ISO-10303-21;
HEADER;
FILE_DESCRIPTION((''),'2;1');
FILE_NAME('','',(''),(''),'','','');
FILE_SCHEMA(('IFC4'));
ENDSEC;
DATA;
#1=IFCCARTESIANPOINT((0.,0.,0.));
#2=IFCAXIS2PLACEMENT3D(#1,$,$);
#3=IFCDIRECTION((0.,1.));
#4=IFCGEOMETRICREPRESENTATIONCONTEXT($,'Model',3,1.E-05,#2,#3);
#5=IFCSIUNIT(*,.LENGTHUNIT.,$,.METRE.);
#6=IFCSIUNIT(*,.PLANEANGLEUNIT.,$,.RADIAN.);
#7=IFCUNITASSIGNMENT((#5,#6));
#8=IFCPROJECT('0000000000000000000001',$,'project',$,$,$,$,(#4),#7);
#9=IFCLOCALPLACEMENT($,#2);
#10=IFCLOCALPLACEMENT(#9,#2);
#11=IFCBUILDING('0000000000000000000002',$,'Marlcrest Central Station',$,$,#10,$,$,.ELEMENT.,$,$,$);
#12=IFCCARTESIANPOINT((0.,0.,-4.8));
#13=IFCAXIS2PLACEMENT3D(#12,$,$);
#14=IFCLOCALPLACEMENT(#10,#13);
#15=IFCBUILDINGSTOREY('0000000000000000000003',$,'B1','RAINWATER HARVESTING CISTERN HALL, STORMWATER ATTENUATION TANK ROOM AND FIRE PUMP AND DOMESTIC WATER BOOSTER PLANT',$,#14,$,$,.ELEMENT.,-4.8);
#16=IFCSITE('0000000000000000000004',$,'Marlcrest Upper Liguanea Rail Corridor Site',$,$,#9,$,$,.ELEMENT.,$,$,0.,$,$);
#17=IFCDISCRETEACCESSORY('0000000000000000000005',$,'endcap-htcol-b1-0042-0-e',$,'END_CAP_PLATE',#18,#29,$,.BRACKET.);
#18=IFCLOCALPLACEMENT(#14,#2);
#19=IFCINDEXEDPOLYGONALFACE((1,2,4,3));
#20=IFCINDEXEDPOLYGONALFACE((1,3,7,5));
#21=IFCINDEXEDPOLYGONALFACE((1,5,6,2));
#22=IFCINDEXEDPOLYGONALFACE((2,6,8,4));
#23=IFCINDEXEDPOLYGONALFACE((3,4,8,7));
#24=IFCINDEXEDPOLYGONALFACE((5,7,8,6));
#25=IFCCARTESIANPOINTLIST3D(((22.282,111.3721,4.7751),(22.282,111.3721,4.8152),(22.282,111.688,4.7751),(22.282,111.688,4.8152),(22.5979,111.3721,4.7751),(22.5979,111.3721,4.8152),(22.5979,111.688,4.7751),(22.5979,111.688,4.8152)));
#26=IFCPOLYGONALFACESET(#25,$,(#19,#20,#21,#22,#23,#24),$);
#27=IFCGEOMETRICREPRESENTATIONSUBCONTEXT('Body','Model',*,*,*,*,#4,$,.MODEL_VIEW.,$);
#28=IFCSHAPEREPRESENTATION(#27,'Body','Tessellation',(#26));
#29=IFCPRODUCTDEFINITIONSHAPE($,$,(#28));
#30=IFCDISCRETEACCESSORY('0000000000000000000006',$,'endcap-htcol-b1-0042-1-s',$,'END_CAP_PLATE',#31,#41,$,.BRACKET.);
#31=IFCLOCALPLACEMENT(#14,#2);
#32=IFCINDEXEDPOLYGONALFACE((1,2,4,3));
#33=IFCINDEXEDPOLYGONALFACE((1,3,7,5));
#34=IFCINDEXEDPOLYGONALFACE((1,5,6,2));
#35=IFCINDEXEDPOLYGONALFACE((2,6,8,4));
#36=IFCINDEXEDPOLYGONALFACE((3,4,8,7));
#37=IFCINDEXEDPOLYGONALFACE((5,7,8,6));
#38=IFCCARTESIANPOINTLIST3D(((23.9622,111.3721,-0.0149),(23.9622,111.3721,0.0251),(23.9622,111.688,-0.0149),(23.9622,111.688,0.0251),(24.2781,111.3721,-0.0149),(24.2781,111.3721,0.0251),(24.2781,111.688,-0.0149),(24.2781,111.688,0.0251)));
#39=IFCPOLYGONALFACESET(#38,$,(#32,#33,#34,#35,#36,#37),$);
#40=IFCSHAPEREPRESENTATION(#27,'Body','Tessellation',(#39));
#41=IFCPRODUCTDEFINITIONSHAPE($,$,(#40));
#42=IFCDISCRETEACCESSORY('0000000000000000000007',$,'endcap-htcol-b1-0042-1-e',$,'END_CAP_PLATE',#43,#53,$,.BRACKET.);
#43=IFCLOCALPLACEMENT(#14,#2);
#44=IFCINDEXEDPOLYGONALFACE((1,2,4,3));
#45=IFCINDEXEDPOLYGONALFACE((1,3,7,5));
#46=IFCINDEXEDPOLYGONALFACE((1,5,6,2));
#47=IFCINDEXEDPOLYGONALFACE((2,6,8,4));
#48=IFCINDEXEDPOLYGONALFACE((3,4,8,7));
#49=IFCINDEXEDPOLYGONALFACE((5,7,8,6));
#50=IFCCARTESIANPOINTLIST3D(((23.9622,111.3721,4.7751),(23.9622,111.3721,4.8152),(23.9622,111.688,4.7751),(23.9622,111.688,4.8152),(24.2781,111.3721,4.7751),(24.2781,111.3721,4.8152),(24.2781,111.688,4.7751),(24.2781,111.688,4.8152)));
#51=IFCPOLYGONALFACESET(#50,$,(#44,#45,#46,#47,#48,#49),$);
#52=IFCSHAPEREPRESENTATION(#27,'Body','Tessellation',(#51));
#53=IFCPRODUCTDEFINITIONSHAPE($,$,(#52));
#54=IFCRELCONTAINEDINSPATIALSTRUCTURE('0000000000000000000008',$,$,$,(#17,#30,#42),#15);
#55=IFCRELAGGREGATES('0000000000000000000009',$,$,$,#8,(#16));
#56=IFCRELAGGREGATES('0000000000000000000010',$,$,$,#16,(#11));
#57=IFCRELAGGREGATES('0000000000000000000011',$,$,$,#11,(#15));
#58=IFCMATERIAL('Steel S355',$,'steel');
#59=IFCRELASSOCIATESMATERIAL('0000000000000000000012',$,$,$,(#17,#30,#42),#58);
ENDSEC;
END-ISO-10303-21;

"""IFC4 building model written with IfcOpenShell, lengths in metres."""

from ifc_helpers import new_model, si_unit, direction, frame, origin, origin_2d, place, context, subcontext, project, spatial, rectangle, extrude, material, element, save


model = new_model("IFC4")

# Units and contexts
model_context = context("Model", 3, precision=1e-05, world=origin(), true_north=direction((0.0, 1.0)))
body_context = subcontext(model_context, "Body", "Model", "MODEL_VIEW")
ifc_project = project(units=[si_unit("LENGTHUNIT", "METRE"), si_unit("PLANEANGLEUNIT", "RADIAN")], contexts=[model_context])

# Site, building, storey
site_placement = place(None, origin())
site = spatial("IfcSite", under=ifc_project, at=site_placement, Name="Marlcrest Upper Liguanea Rail Corridor Site", CompositionType="ELEMENT", RefElevation=0.0)
building_placement = place(site_placement, origin())
building = spatial("IfcBuilding", under=site, at=building_placement, Name="Marlcrest Central Station", CompositionType="ELEMENT")
storey_placement = place(building_placement, frame((0.0, 0.0, -4.8)))
storey = spatial("IfcBuildingStorey", under=building, at=storey_placement, Name="B1", Description="RAINWATER HARVESTING CISTERN HALL, STORMWATER ATTENUATION TANK ROOM AND FIRE PUMP AND DOMESTIC WATER BOOSTER PLANT", CompositionType="ELEMENT", Elevation=-4.8)

# Shared definitions
ifc_material_1 = material(Name="Steel S355", Category="steel")

# Discrete accessories
for number, where, z_axis, x_axis, name in (
    (1, (22.4399, 111.53, 4.7751), (0.0, 0.0, 1.0), (1.0, 0.0, 0.0), "endcap-htcol-b1-0042-0-e"),
    (2, (24.1201, 111.53, -0.0149), (0.0, 0.0, 1.0), (1.0, 0.0, 0.0), "endcap-htcol-b1-0042-1-s"),
    (3, (24.1201, 111.53, 4.7751), (0.0, 0.0, 1.0), (1.0, 0.0, 0.0), "endcap-htcol-b1-0042-1-e"),
):
    element("IfcDiscreteAccessory", number, at=place(storey_placement, frame(where, z_axis=z_axis, x_axis=x_axis)), inside=storey, material=ifc_material_1, Name=name, ObjectType="END_CAP_PLATE", PredefinedType="BRACKET", context=body_context, shape_type="SweptSolid", body=[
        extrude(rectangle(XDim=0.3159, YDim=0.3159, at=origin_2d()), origin(), (0.0, 0.0, 1.0), 0.04),
    ])

save(model, "model.ifc")
